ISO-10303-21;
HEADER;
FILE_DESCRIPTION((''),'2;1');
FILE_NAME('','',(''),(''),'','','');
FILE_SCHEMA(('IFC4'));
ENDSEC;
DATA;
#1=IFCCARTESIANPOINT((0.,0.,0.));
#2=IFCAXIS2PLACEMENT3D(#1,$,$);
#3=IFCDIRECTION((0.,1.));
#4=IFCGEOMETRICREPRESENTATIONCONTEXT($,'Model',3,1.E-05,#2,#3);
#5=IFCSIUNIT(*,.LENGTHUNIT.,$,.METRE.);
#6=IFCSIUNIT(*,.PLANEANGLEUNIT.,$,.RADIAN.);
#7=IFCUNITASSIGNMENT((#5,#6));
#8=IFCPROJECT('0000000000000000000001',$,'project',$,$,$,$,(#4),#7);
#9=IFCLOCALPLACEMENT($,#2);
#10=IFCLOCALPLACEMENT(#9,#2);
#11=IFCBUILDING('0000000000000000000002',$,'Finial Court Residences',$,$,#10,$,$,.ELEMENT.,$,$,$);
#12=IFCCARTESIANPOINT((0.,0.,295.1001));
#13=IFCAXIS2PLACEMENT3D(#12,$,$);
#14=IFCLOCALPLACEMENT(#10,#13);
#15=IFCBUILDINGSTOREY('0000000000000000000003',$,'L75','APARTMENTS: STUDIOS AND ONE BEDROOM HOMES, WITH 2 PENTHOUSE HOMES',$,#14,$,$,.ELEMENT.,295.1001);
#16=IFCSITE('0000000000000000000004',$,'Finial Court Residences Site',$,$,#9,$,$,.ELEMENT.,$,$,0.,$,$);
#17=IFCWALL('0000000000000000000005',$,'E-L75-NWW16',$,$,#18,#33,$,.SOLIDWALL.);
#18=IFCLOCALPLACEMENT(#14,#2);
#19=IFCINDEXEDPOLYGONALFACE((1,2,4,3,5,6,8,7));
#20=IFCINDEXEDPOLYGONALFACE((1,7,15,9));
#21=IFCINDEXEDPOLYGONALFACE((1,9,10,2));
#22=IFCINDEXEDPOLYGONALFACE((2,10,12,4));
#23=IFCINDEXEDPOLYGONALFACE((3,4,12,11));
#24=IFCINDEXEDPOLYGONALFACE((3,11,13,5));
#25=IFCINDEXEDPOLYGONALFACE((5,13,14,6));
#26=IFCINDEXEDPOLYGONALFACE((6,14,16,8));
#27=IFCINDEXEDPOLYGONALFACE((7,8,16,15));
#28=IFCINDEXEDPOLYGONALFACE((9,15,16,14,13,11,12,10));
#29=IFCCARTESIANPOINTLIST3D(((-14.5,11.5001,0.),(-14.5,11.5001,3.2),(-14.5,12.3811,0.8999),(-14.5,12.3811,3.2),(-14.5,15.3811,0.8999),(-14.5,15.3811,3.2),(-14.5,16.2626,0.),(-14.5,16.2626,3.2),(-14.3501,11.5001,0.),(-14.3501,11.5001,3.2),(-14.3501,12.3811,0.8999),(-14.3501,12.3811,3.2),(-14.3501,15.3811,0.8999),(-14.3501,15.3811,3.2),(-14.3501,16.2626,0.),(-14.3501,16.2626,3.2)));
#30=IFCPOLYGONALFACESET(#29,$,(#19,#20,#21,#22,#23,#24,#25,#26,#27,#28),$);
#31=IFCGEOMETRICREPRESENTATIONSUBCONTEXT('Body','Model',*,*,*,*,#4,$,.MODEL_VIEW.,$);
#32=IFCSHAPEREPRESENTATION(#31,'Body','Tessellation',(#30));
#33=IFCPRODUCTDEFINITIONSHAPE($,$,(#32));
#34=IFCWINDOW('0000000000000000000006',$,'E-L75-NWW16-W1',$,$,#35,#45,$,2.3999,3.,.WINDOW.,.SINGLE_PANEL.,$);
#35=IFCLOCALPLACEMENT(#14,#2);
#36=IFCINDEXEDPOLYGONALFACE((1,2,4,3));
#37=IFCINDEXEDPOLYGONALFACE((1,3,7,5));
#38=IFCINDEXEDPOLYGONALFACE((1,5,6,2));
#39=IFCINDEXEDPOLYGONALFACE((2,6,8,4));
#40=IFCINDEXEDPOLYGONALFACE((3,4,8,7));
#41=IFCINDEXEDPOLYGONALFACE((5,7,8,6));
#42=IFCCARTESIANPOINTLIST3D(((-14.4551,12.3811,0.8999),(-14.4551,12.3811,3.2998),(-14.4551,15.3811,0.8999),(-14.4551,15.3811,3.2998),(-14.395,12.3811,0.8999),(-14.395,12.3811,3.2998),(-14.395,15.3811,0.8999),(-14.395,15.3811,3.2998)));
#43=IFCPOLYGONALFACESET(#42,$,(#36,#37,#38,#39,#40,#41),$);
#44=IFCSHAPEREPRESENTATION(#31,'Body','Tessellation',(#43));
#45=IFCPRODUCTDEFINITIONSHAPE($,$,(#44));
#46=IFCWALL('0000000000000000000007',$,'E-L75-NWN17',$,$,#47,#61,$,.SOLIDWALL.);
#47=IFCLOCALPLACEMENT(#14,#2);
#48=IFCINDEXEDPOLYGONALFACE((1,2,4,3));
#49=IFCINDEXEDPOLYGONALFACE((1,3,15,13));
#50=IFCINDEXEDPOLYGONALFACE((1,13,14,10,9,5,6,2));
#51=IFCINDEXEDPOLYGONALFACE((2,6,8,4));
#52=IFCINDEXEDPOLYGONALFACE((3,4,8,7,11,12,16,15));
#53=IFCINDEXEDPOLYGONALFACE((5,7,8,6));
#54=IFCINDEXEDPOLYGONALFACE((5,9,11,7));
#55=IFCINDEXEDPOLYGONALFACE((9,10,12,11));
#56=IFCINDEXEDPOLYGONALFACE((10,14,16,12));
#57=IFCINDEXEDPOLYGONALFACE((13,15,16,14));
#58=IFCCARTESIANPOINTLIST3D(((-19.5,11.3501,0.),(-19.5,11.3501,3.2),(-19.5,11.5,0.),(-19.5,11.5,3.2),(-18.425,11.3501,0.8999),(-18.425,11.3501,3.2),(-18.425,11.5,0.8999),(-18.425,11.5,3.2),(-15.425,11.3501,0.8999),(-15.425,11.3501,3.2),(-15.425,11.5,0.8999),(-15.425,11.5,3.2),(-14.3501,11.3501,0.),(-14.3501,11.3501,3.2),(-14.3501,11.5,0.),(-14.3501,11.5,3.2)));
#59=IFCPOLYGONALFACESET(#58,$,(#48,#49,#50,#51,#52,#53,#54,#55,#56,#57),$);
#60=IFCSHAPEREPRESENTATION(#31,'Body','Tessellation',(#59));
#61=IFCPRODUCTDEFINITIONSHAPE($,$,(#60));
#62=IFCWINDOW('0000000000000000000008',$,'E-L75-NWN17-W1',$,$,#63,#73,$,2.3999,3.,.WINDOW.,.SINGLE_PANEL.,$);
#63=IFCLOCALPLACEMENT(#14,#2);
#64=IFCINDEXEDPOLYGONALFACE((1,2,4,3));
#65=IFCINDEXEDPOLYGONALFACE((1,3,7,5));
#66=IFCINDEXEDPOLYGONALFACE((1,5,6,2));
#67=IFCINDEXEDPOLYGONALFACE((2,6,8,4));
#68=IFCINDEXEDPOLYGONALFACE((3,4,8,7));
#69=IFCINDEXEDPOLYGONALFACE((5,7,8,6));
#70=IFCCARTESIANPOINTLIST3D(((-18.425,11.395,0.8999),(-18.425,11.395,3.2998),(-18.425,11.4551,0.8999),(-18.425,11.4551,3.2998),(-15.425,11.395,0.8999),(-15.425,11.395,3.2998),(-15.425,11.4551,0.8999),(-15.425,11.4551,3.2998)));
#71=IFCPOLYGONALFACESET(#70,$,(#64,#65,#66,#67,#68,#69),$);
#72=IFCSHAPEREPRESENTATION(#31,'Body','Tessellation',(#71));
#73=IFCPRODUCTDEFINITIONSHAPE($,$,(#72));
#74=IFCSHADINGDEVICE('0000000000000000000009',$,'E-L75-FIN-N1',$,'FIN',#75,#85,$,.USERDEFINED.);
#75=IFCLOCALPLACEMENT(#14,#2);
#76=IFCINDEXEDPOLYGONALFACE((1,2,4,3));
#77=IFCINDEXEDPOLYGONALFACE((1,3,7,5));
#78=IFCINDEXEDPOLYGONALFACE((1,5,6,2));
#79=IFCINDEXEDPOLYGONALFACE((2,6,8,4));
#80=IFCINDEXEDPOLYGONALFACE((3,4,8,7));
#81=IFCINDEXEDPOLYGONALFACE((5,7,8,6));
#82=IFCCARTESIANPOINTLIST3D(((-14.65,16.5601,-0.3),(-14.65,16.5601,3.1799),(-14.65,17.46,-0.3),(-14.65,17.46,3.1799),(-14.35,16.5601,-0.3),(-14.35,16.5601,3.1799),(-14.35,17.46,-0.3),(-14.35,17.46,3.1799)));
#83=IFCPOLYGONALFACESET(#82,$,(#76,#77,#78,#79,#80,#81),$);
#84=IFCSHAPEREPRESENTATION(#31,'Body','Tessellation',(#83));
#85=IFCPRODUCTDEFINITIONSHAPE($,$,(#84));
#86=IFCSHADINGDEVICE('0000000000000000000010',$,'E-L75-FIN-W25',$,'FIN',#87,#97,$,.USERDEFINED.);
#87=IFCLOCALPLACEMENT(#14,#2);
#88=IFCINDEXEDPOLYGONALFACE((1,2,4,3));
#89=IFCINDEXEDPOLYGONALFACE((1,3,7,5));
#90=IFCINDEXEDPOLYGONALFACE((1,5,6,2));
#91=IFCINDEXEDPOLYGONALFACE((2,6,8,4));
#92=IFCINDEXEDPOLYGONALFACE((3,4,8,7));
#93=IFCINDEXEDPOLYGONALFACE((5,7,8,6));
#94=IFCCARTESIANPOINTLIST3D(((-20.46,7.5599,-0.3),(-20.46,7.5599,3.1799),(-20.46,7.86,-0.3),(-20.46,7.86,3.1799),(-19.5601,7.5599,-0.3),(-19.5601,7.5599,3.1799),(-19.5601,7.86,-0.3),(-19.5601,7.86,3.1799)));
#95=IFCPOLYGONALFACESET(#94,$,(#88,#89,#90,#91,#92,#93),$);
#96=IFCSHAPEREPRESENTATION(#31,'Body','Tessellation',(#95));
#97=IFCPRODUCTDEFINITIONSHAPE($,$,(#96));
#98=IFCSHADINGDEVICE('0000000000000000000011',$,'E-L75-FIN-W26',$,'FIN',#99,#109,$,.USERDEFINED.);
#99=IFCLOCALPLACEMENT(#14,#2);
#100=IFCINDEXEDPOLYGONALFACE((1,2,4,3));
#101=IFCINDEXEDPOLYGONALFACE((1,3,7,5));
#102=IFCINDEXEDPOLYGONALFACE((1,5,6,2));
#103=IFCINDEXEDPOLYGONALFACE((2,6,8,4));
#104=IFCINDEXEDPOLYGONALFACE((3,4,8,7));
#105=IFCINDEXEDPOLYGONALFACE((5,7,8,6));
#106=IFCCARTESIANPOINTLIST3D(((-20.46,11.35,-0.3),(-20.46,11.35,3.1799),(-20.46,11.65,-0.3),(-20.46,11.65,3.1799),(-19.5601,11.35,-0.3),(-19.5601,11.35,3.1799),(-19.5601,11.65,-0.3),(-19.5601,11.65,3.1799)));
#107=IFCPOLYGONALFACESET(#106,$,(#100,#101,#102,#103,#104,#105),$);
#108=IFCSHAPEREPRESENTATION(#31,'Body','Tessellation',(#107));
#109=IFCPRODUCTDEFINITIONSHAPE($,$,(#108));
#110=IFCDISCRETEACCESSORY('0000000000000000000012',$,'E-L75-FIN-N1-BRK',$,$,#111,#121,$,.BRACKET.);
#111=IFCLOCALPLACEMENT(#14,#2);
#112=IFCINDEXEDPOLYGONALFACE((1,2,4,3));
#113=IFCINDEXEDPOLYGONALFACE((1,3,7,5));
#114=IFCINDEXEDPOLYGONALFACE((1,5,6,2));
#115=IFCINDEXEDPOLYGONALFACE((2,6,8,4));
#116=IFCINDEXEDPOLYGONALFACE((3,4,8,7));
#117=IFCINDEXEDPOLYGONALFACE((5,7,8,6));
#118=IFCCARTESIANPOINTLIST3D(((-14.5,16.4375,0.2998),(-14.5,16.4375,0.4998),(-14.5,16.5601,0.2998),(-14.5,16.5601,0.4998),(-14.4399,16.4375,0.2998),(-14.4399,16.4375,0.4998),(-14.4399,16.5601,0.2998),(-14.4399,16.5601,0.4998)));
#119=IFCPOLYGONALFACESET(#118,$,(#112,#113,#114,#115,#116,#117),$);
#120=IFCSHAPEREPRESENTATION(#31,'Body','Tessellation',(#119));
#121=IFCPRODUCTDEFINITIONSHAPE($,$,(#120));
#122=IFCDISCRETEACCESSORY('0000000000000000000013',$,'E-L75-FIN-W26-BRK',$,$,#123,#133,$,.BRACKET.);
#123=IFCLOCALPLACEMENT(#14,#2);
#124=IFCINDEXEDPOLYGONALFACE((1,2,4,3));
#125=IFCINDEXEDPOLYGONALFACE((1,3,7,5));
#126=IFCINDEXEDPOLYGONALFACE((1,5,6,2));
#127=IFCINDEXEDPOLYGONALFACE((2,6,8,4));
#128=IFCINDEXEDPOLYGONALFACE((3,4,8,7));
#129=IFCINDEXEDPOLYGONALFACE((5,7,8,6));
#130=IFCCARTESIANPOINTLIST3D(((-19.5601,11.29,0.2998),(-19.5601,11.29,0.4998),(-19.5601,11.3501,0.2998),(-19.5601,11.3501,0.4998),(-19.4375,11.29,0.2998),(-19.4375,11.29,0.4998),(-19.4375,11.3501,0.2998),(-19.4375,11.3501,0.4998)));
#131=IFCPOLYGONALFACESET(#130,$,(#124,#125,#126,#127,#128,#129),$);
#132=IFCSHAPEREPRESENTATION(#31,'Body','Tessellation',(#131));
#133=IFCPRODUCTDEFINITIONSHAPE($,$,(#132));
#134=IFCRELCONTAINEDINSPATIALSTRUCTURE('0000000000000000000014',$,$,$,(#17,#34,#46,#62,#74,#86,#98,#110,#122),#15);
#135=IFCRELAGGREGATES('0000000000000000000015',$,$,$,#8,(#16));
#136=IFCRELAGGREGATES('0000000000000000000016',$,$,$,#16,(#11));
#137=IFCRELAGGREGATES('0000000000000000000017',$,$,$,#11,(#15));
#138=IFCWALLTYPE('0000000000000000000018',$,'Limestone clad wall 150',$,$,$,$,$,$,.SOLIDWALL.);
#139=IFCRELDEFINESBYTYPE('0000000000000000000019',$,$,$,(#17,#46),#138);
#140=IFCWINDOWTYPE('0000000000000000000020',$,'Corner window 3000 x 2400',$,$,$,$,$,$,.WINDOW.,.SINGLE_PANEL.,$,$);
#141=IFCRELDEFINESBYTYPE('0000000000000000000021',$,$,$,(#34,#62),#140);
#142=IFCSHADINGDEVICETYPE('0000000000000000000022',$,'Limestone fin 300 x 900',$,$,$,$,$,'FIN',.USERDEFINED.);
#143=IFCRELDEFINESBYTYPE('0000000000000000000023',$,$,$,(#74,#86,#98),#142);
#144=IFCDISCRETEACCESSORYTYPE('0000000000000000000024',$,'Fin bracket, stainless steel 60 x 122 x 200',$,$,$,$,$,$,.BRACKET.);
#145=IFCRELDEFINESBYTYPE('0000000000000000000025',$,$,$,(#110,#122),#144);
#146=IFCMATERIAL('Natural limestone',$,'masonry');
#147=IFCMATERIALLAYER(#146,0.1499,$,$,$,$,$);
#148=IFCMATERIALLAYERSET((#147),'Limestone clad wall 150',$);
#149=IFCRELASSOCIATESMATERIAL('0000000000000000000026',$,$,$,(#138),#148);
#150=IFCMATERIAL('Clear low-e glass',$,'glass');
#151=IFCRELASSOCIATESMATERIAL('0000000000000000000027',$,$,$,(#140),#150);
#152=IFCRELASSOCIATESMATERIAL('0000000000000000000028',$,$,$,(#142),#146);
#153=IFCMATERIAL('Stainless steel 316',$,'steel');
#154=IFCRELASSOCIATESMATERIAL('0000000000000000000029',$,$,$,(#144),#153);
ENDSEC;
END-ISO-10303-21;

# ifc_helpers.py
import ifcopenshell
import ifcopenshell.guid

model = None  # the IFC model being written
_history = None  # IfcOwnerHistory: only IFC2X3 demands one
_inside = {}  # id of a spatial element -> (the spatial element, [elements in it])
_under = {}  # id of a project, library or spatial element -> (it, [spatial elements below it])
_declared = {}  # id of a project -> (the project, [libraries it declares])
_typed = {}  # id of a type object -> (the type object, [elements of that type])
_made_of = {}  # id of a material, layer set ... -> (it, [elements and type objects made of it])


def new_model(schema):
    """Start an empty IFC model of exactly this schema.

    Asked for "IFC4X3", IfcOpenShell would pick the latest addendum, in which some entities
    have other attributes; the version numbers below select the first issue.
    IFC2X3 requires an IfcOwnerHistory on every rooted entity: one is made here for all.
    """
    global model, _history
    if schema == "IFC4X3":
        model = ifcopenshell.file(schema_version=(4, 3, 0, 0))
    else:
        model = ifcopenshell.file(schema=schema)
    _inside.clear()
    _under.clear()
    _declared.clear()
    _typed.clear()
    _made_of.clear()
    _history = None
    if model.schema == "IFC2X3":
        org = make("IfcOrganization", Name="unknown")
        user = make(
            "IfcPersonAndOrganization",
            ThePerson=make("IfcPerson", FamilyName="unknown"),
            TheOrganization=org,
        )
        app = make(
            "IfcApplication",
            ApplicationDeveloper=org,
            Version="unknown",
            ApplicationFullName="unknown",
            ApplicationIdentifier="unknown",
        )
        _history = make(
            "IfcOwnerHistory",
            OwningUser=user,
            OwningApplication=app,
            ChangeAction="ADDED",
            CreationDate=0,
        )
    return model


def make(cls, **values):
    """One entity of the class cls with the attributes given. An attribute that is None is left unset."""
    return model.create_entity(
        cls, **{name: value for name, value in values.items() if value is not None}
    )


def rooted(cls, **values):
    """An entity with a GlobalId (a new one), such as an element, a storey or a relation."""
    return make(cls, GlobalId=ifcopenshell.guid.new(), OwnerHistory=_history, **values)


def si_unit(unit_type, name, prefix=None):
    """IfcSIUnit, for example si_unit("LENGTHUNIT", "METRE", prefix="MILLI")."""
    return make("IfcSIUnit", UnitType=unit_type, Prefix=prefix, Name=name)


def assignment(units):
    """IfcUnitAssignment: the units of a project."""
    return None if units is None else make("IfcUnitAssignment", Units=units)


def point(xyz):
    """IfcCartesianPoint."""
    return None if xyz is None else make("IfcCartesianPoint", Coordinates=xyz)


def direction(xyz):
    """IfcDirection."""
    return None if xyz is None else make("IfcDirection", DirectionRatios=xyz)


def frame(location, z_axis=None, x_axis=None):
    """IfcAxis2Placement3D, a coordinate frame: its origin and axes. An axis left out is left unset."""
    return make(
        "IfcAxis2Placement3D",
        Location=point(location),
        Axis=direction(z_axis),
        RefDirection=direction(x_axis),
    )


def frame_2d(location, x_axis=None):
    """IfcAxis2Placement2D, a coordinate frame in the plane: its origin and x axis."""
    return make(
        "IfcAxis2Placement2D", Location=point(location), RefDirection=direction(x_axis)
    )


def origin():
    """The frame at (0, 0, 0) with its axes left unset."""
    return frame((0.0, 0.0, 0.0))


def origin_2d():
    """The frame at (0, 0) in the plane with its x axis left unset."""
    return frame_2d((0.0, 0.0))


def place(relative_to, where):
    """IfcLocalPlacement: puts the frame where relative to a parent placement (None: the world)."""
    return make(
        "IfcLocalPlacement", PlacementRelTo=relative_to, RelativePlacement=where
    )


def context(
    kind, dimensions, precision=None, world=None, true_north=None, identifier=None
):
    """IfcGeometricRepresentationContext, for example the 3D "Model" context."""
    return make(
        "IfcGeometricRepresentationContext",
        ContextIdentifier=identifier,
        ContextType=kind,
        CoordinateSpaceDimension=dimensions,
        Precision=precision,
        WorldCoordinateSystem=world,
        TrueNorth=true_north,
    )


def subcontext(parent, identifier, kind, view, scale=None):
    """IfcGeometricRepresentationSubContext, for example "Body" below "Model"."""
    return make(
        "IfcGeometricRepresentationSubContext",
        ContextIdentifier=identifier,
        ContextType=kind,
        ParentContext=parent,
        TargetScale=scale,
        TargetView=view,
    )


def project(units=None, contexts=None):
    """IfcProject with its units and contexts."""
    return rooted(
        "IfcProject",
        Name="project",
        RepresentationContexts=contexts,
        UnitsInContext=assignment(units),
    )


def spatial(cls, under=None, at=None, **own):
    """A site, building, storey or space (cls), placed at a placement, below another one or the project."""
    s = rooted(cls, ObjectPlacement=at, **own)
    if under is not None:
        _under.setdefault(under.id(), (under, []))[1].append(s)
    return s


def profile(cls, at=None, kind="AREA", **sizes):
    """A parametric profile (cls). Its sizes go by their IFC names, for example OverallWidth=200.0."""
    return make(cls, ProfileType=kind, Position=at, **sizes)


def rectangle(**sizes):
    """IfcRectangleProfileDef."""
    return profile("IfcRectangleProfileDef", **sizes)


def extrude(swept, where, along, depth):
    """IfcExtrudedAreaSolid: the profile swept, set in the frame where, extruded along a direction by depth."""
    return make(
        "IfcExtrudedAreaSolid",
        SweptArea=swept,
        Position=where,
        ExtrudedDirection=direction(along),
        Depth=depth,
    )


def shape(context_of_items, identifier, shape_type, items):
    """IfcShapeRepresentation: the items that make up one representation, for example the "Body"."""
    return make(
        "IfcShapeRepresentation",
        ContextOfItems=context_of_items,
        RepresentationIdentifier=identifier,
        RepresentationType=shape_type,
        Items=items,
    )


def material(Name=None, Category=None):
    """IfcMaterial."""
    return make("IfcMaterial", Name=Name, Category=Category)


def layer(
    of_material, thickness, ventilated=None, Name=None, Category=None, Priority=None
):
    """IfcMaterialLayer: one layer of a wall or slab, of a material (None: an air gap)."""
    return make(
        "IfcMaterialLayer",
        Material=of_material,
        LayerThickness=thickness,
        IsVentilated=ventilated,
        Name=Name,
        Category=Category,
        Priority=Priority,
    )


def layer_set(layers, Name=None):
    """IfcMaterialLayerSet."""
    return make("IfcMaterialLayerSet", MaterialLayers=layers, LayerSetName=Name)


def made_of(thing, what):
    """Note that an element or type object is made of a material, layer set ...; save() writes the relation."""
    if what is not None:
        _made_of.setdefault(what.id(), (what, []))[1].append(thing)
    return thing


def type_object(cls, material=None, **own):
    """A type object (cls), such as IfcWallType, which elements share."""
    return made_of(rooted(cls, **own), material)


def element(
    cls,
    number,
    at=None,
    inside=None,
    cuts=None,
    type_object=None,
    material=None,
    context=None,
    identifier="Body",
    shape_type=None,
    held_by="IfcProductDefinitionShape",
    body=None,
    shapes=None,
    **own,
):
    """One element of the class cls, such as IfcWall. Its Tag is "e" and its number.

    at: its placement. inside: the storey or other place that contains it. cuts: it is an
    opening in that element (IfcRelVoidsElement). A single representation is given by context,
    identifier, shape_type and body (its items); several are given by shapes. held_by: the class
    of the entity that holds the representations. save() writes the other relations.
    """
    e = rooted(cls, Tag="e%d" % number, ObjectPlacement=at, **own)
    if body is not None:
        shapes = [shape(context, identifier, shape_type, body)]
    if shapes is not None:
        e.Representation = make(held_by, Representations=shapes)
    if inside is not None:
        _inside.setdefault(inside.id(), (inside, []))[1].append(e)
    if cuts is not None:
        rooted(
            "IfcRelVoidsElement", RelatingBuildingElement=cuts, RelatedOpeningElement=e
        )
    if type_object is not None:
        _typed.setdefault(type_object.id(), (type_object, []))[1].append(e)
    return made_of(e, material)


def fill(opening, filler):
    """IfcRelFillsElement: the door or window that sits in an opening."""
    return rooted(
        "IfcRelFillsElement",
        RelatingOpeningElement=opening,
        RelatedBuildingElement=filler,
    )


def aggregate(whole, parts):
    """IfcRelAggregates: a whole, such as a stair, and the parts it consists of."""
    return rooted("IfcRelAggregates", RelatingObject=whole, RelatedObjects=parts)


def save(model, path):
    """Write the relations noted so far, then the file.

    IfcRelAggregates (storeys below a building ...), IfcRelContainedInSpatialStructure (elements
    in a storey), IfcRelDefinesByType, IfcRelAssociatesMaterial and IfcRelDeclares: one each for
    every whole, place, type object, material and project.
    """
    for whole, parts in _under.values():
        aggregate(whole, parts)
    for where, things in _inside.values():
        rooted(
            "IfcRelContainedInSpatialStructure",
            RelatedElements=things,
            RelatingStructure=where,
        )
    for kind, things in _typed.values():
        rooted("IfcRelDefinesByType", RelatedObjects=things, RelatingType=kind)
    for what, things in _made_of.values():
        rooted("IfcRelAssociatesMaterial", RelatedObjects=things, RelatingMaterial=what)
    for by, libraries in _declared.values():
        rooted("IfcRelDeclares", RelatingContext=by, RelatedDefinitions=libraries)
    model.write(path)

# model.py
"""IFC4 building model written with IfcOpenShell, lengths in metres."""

from ifc_helpers import new_model, si_unit, direction, frame, frame_2d, origin, origin_2d, place, context, subcontext, project, spatial, rectangle, extrude, material, layer, layer_set, type_object, element, fill, save


model = new_model("IFC4")

# Units and contexts
model_context = context("Model", 3, precision=1e-05, world=origin(), true_north=direction((0.0, 1.0)))
body_context = subcontext(model_context, "Body", "Model", "MODEL_VIEW")
ifc_project = project(units=[si_unit("LENGTHUNIT", "METRE"), si_unit("PLANEANGLEUNIT", "RADIAN")], contexts=[model_context])

# Site, building, storey
site_placement = place(None, origin())
site = spatial("IfcSite", under=ifc_project, at=site_placement, Name="Finial Court Residences Site", CompositionType="ELEMENT", RefElevation=0.0)
building_placement = place(site_placement, origin())
building = spatial("IfcBuilding", under=site, at=building_placement, Name="Finial Court Residences", CompositionType="ELEMENT")
storey_placement = place(building_placement, frame((0.0, 0.0, 295.1001)))
storey = spatial("IfcBuildingStorey", under=building, at=storey_placement, Name="L75", Description="APARTMENTS: STUDIOS AND ONE BEDROOM HOMES, WITH 2 PENTHOUSE HOMES", CompositionType="ELEMENT", Elevation=295.1001)

# Shared definitions
ifc_material_1 = material(Name="Clear low-e glass", Category="glass")

# Walls, openings, windows
ifc_material_2 = material(Name="Natural limestone", Category="masonry")
ifc_layer_1 = layer(ifc_material_2, 0.1499)
ifc_layer_set_1 = layer_set([ifc_layer_1], Name="Limestone clad wall 150")
wall_type_1 = type_object("IfcWallType", Name="Limestone clad wall 150", PredefinedType="SOLIDWALL", material=ifc_layer_set_1)
wall_1_placement = place(storey_placement, frame((-14.425, 11.5, 0.0), z_axis=(0.0, 0.0, 1.0), x_axis=(0.0, 1.0, 0.0)))
wall_1 = element("IfcWall", 1, at=wall_1_placement, inside=storey, type_object=wall_type_1, Name="E-L75-NWW16", PredefinedType="SOLIDWALL", context=body_context, shape_type="SweptSolid", body=[
    extrude(rectangle(XDim=4.7625, YDim=0.1499, at=frame_2d((2.3813, 0.0))), origin(), (0.0, 0.0, 1.0), 3.2),
])
opening_1_placement = place(wall_1_placement, frame((0.8811, 0.0, 0.8999)))
opening_1 = element("IfcOpeningElement", 2, at=opening_1_placement, cuts=wall_1, PredefinedType="OPENING", context=body_context, shape_type="SweptSolid", body=[
    extrude(rectangle(XDim=3.0, YDim=2.3999, at=frame_2d((1.5, 1.2))), frame((0.0, 0.085, 0.0), z_axis=(0.0, -1.0, 0.0), x_axis=(1.0, 0.0, 0.0)), (0.0, 0.0, 1.0), 0.1699),
])
window_type = type_object("IfcWindowType", Name="Corner window 3000 x 2400", PartitioningType="SINGLE_PANEL", PredefinedType="WINDOW", material=ifc_material_1)
window_1_placement = place(opening_1_placement, origin())
window_1 = element("IfcWindow", 3, at=window_1_placement, inside=storey, type_object=window_type, Name="E-L75-NWW16-W1", OverallHeight=2.3999, OverallWidth=3.0, PartitioningType="SINGLE_PANEL", PredefinedType="WINDOW", context=body_context, shape_type="SweptSolid", body=[
    extrude(rectangle(XDim=3.0, YDim=2.3999, at=frame_2d((1.5, 1.2))), frame((0.0, 0.03, 0.0), z_axis=(0.0, -1.0, 0.0), x_axis=(1.0, 0.0, 0.0)), (0.0, 0.0, 1.0), 0.0601),
])
fill(opening_1, window_1)
wall_2_placement = place(storey_placement, frame((-19.5, 11.425, 0.0), z_axis=(0.0, 0.0, 1.0), x_axis=(1.0, 0.0, 0.0)))
wall_2 = element("IfcWall", 4, at=wall_2_placement, inside=storey, type_object=wall_type_1, Name="E-L75-NWN17", PredefinedType="SOLIDWALL", context=body_context, shape_type="SweptSolid", body=[
    extrude(rectangle(XDim=5.1499, YDim=0.1499, at=frame_2d((2.575, 0.0))), origin(), (0.0, 0.0, 1.0), 3.2),
])
opening_2_placement = place(wall_2_placement, frame((1.075, 0.0, 0.8999)))
opening_2 = element("IfcOpeningElement", 5, at=opening_2_placement, cuts=wall_2, PredefinedType="OPENING", context=body_context, shape_type="SweptSolid", body=[
    extrude(rectangle(XDim=3.0, YDim=2.3999, at=frame_2d((1.5, 1.2))), frame((0.0, 0.085, 0.0), z_axis=(0.0, -1.0, 0.0), x_axis=(1.0, 0.0, 0.0)), (0.0, 0.0, 1.0), 0.1699),
])
window_2_placement = place(opening_2_placement, origin())
window_2 = element("IfcWindow", 6, at=window_2_placement, inside=storey, type_object=window_type, Name="E-L75-NWN17-W1", OverallHeight=2.3999, OverallWidth=3.0, PartitioningType="SINGLE_PANEL", PredefinedType="WINDOW", context=body_context, shape_type="SweptSolid", body=[
    extrude(rectangle(XDim=3.0, YDim=2.3999, at=frame_2d((1.5, 1.2))), frame((0.0, 0.03, 0.0), z_axis=(0.0, -1.0, 0.0), x_axis=(1.0, 0.0, 0.0)), (0.0, 0.0, 1.0), 0.0601),
])
fill(opening_2, window_2)

# Shading devices
shading_device_type = type_object("IfcShadingDeviceType", Name="Limestone fin 300 x 900", ElementType="FIN", PredefinedType="USERDEFINED", material=ifc_material_2)
shading_device_placement = place(storey_placement, frame((-14.5, 17.01, -0.3), z_axis=(0.0, 0.0, 1.0), x_axis=(1.0, 0.0, 0.0)))
element("IfcShadingDevice", 7, at=shading_device_placement, inside=storey, type_object=shading_device_type, Name="E-L75-FIN-N1", ObjectType="FIN", PredefinedType="USERDEFINED", context=body_context, shape_type="SweptSolid", body=[
    extrude(rectangle(XDim=0.3, YDim=0.8999, at=origin_2d()), origin(), (0.0, 0.0, 1.0), 3.48),
])
for number, where, z_axis, x_axis, name in (
    (8, (-20.01, 7.71, -0.3), (0.0, 0.0, 1.0), (1.0, 0.0, 0.0), "E-L75-FIN-W25"),
    (9, (-20.01, 11.5, -0.3), (0.0, 0.0, 1.0), (1.0, 0.0, 0.0), "E-L75-FIN-W26"),
):
    element("IfcShadingDevice", number, at=place(storey_placement, frame(where, z_axis=z_axis, x_axis=x_axis)), inside=storey, type_object=shading_device_type, Name=name, ObjectType="FIN", PredefinedType="USERDEFINED", context=body_context, shape_type="SweptSolid", body=[
        extrude(rectangle(XDim=0.8999, YDim=0.3, at=origin_2d()), origin(), (0.0, 0.0, 1.0), 3.48),
    ])

# Discrete accessories
ifc_material_3 = material(Name="Stainless steel 316", Category="steel")
discrete_accessory_type = type_object("IfcDiscreteAccessoryType", Name="Fin bracket, stainless steel 60 x 122 x 200", PredefinedType="BRACKET", material=ifc_material_3)
discrete_accessory_1_placement = place(storey_placement, frame((-14.47, 16.4988, 0.2998), z_axis=(0.0, 0.0, 1.0), x_axis=(1.0, 0.0, 0.0)))
element("IfcDiscreteAccessory", 10, at=discrete_accessory_1_placement, inside=storey, type_object=discrete_accessory_type, Name="E-L75-FIN-N1-BRK", PredefinedType="BRACKET", context=body_context, shape_type="SweptSolid", body=[
    extrude(rectangle(XDim=0.0601, YDim=0.1226, at=origin_2d()), origin(), (0.0, 0.0, 1.0), 0.2),
])
discrete_accessory_2_placement = place(storey_placement, frame((-19.4988, 11.3201, 0.2998), z_axis=(0.0, 0.0, 1.0), x_axis=(1.0, 0.0, 0.0)))
element("IfcDiscreteAccessory", 11, at=discrete_accessory_2_placement, inside=storey, type_object=discrete_accessory_type, Name="E-L75-FIN-W26-BRK", PredefinedType="BRACKET", context=body_context, shape_type="SweptSolid", body=[
    extrude(rectangle(XDim=0.1226, YDim=0.0601, at=origin_2d()), origin(), (0.0, 0.0, 1.0), 0.2),
])

save(model, "model.ifc")
